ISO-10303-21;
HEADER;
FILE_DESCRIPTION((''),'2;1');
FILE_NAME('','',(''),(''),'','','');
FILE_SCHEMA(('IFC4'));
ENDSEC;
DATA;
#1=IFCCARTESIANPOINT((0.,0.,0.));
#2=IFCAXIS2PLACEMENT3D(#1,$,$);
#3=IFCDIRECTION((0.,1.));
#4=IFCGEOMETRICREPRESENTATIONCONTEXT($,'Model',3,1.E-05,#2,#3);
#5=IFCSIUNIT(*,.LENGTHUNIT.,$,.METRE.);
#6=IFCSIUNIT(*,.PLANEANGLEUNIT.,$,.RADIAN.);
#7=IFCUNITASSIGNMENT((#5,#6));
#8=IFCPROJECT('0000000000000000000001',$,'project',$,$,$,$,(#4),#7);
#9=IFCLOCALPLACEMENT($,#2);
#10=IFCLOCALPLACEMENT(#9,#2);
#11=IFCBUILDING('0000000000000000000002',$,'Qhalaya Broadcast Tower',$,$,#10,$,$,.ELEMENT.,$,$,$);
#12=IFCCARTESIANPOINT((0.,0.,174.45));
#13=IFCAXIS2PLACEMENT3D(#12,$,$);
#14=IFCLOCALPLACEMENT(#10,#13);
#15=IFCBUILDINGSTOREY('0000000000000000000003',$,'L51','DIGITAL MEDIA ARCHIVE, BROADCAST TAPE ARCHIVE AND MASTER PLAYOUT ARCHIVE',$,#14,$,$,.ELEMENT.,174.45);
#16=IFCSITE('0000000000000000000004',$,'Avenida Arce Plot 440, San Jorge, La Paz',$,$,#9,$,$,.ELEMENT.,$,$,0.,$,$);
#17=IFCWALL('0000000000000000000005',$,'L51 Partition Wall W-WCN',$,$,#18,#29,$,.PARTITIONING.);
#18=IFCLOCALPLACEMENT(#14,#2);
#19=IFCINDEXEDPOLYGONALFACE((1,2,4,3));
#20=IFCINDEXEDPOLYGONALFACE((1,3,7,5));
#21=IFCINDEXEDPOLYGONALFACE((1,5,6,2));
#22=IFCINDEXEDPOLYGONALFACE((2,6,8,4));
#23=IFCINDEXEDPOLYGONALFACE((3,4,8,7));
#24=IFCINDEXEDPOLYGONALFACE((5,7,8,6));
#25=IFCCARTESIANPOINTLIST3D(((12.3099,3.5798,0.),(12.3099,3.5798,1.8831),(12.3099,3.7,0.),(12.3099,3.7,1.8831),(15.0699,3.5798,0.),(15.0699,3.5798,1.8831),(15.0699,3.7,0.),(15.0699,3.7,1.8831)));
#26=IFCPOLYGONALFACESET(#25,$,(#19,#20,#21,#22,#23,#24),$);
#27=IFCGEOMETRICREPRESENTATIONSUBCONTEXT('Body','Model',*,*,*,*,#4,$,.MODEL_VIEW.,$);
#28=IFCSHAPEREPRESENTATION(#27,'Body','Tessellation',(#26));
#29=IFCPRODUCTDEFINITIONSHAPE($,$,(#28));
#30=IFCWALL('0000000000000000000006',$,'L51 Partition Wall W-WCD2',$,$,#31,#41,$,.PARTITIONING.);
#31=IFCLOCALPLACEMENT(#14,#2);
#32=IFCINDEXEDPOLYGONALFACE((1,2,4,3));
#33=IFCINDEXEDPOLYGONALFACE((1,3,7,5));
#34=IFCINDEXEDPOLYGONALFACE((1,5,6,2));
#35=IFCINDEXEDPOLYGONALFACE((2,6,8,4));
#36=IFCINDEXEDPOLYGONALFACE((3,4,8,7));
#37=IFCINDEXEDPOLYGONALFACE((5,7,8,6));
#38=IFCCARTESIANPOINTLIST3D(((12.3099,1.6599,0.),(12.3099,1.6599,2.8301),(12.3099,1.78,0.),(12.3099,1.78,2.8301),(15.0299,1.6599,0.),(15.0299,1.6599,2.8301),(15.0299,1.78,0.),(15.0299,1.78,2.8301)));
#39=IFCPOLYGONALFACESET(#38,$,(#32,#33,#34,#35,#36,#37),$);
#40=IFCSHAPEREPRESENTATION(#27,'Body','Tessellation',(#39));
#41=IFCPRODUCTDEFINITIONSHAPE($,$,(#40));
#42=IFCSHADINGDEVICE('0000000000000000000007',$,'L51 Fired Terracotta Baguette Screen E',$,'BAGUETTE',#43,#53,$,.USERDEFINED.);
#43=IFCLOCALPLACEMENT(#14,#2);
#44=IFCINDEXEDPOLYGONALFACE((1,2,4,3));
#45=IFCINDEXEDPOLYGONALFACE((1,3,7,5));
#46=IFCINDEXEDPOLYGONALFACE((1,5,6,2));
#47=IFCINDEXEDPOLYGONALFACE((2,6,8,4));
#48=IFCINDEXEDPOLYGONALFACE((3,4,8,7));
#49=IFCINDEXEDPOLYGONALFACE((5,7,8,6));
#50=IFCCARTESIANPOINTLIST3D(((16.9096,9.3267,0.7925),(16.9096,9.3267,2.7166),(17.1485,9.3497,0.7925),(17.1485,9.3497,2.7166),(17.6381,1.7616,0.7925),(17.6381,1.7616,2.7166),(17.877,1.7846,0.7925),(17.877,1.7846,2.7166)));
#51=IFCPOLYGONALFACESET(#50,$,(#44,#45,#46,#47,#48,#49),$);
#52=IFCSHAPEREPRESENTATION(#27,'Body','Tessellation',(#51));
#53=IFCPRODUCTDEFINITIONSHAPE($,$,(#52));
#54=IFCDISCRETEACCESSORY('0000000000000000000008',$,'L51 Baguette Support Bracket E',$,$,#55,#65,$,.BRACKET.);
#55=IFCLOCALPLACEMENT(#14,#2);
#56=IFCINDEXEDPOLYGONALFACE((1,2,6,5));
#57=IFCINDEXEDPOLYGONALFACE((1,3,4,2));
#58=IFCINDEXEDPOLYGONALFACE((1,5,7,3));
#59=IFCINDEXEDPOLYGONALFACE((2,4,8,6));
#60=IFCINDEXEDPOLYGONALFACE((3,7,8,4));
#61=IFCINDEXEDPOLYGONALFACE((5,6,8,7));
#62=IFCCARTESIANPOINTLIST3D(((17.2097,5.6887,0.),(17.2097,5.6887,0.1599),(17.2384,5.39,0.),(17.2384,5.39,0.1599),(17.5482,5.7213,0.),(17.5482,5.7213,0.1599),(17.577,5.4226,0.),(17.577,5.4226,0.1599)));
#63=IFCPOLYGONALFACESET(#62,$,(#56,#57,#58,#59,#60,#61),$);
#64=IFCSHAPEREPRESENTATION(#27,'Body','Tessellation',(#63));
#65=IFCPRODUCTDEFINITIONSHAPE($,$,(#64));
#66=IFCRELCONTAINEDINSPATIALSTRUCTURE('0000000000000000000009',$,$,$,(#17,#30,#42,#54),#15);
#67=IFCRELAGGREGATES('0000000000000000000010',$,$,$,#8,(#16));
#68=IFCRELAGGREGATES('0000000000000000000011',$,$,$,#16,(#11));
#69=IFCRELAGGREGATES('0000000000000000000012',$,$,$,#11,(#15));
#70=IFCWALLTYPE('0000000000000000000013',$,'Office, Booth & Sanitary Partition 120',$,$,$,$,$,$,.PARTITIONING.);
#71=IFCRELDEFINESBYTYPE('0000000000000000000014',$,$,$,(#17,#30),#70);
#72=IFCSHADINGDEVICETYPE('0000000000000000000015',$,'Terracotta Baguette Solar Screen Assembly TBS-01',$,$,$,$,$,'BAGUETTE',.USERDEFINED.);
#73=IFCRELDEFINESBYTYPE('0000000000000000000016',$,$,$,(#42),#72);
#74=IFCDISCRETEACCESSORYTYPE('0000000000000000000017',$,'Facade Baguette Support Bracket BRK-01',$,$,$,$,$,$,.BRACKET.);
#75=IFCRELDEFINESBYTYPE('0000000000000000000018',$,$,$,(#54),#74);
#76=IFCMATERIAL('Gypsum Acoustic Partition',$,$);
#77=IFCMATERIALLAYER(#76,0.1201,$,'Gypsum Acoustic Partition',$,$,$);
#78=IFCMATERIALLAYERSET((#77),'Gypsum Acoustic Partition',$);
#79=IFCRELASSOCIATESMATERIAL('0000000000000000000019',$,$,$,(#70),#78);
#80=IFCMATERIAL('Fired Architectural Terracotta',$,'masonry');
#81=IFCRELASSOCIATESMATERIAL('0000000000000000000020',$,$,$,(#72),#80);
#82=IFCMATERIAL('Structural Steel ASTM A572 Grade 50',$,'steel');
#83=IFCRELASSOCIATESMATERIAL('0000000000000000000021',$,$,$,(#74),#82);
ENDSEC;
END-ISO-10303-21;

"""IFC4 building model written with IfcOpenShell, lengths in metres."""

from ifc_helpers import new_model, si_unit, direction, frame, frame_2d, origin, origin_2d, place, context, subcontext, project, spatial, rectangle, extrude, material, layer, layer_set, type_object, element, save


model = new_model("IFC4")

# Units and contexts
model_context = context("Model", 3, precision=1e-05, world=origin(), true_north=direction((0.0, 1.0)))
body_context = subcontext(model_context, "Body", "Model", "MODEL_VIEW")
ifc_project = project(units=[si_unit("LENGTHUNIT", "METRE"), si_unit("PLANEANGLEUNIT", "RADIAN")], contexts=[model_context])

# Site, building, storey
site_placement = place(None, origin())
site = spatial("IfcSite", under=ifc_project, at=site_placement, Name="Avenida Arce Plot 440, San Jorge, La Paz", CompositionType="ELEMENT", RefElevation=0.0)
building_placement = place(site_placement, origin())
building = spatial("IfcBuilding", under=site, at=building_placement, Name="Qhalaya Broadcast Tower", CompositionType="ELEMENT")
storey_placement = place(building_placement, frame((0.0, 0.0, 174.45)))
storey = spatial("IfcBuildingStorey", under=building, at=storey_placement, Name="L51", Description="DIGITAL MEDIA ARCHIVE, BROADCAST TAPE ARCHIVE AND MASTER PLAYOUT ARCHIVE", CompositionType="ELEMENT", Elevation=174.45)

# Shared definitions
ifc_material_1 = material(Name="Fired Architectural Terracotta", Category="masonry")

# Shared definitions
ifc_material_2 = material(Name="Gypsum Acoustic Partition")
ifc_layer_1 = layer(ifc_material_2, 0.1201, Name="Gypsum Acoustic Partition")
ifc_layer_set_1 = layer_set([ifc_layer_1], Name="Gypsum Acoustic Partition")
wall_type_1 = type_object("IfcWallType", Name="Office, Booth & Sanitary Partition 120", PredefinedType="PARTITIONING", material=ifc_layer_set_1)

# Walls
wall_1_placement = place(storey_placement, frame((12.3101, 3.6399, 0.0), z_axis=(0.0, 0.0, 1.0), x_axis=(1.0, 0.0, 0.0)))
element("IfcWall", 1, at=wall_1_placement, inside=storey, type_object=wall_type_1, Name="L51 Partition Wall W-WCN", PredefinedType="PARTITIONING", context=body_context, shape_type="SweptSolid", body=[
    extrude(rectangle(XDim=2.76, YDim=0.1201, at=frame_2d((1.3799, 0.0))), origin(), (0.0, 0.0, 1.0), 1.8831),
])
wall_2_placement = place(storey_placement, frame((12.3101, 1.72, 0.0), z_axis=(0.0, 0.0, 1.0), x_axis=(1.0, 0.0, 0.0)))
element("IfcWall", 2, at=wall_2_placement, inside=storey, type_object=wall_type_1, Name="L51 Partition Wall W-WCD2", PredefinedType="PARTITIONING", context=body_context, shape_type="SweptSolid", body=[
    extrude(rectangle(XDim=2.72, YDim=0.1201, at=frame_2d((1.3599, 0.0))), origin(), (0.0, 0.0, 1.0), 2.8301),
])

# Shading device
shading_device_type = type_object("IfcShadingDeviceType", Name="Terracotta Baguette Solar Screen Assembly TBS-01", ElementType="BAGUETTE", PredefinedType="USERDEFINED", material=ifc_material_1)
shading_device_placement = place(storey_placement, frame((17.3933, 5.5557, 0.7925), z_axis=(0.0, 0.0, 1.0), x_axis=(-0.095846, 0.995396, 0.0)))
element("IfcShadingDevice", 3, at=shading_device_placement, inside=storey, type_object=shading_device_type, Name="L51 Fired Terracotta Baguette Screen E", ObjectType="BAGUETTE", PredefinedType="USERDEFINED", context=body_context, shape_type="SweptSolid", body=[
    extrude(rectangle(XDim=7.6001, YDim=0.24, at=origin_2d()), origin(), (0.0, 0.0, 1.0), 1.9241),
])

# Discrete accessory
ifc_material_3 = material(Name="Structural Steel ASTM A572 Grade 50", Category="steel")
discrete_accessory_type = type_object("IfcDiscreteAccessoryType", Name="Facade Baguette Support Bracket BRK-01", PredefinedType="BRACKET", material=ifc_material_3)
discrete_accessory_placement = place(storey_placement, frame((17.3933, 5.5557, 0.0), z_axis=(0.0, 0.0, 1.0), x_axis=(-0.095846, 0.995396, 0.0)))
element("IfcDiscreteAccessory", 4, at=discrete_accessory_placement, inside=storey, type_object=discrete_accessory_type, Name="L51 Baguette Support Bracket E", PredefinedType="BRACKET", context=body_context, shape_type="SweptSolid", body=[
    extrude(rectangle(XDim=0.3, YDim=0.3401, at=origin_2d()), origin(), (0.0, 0.0, 1.0), 0.1599),
])

save(model, "model.ifc")
